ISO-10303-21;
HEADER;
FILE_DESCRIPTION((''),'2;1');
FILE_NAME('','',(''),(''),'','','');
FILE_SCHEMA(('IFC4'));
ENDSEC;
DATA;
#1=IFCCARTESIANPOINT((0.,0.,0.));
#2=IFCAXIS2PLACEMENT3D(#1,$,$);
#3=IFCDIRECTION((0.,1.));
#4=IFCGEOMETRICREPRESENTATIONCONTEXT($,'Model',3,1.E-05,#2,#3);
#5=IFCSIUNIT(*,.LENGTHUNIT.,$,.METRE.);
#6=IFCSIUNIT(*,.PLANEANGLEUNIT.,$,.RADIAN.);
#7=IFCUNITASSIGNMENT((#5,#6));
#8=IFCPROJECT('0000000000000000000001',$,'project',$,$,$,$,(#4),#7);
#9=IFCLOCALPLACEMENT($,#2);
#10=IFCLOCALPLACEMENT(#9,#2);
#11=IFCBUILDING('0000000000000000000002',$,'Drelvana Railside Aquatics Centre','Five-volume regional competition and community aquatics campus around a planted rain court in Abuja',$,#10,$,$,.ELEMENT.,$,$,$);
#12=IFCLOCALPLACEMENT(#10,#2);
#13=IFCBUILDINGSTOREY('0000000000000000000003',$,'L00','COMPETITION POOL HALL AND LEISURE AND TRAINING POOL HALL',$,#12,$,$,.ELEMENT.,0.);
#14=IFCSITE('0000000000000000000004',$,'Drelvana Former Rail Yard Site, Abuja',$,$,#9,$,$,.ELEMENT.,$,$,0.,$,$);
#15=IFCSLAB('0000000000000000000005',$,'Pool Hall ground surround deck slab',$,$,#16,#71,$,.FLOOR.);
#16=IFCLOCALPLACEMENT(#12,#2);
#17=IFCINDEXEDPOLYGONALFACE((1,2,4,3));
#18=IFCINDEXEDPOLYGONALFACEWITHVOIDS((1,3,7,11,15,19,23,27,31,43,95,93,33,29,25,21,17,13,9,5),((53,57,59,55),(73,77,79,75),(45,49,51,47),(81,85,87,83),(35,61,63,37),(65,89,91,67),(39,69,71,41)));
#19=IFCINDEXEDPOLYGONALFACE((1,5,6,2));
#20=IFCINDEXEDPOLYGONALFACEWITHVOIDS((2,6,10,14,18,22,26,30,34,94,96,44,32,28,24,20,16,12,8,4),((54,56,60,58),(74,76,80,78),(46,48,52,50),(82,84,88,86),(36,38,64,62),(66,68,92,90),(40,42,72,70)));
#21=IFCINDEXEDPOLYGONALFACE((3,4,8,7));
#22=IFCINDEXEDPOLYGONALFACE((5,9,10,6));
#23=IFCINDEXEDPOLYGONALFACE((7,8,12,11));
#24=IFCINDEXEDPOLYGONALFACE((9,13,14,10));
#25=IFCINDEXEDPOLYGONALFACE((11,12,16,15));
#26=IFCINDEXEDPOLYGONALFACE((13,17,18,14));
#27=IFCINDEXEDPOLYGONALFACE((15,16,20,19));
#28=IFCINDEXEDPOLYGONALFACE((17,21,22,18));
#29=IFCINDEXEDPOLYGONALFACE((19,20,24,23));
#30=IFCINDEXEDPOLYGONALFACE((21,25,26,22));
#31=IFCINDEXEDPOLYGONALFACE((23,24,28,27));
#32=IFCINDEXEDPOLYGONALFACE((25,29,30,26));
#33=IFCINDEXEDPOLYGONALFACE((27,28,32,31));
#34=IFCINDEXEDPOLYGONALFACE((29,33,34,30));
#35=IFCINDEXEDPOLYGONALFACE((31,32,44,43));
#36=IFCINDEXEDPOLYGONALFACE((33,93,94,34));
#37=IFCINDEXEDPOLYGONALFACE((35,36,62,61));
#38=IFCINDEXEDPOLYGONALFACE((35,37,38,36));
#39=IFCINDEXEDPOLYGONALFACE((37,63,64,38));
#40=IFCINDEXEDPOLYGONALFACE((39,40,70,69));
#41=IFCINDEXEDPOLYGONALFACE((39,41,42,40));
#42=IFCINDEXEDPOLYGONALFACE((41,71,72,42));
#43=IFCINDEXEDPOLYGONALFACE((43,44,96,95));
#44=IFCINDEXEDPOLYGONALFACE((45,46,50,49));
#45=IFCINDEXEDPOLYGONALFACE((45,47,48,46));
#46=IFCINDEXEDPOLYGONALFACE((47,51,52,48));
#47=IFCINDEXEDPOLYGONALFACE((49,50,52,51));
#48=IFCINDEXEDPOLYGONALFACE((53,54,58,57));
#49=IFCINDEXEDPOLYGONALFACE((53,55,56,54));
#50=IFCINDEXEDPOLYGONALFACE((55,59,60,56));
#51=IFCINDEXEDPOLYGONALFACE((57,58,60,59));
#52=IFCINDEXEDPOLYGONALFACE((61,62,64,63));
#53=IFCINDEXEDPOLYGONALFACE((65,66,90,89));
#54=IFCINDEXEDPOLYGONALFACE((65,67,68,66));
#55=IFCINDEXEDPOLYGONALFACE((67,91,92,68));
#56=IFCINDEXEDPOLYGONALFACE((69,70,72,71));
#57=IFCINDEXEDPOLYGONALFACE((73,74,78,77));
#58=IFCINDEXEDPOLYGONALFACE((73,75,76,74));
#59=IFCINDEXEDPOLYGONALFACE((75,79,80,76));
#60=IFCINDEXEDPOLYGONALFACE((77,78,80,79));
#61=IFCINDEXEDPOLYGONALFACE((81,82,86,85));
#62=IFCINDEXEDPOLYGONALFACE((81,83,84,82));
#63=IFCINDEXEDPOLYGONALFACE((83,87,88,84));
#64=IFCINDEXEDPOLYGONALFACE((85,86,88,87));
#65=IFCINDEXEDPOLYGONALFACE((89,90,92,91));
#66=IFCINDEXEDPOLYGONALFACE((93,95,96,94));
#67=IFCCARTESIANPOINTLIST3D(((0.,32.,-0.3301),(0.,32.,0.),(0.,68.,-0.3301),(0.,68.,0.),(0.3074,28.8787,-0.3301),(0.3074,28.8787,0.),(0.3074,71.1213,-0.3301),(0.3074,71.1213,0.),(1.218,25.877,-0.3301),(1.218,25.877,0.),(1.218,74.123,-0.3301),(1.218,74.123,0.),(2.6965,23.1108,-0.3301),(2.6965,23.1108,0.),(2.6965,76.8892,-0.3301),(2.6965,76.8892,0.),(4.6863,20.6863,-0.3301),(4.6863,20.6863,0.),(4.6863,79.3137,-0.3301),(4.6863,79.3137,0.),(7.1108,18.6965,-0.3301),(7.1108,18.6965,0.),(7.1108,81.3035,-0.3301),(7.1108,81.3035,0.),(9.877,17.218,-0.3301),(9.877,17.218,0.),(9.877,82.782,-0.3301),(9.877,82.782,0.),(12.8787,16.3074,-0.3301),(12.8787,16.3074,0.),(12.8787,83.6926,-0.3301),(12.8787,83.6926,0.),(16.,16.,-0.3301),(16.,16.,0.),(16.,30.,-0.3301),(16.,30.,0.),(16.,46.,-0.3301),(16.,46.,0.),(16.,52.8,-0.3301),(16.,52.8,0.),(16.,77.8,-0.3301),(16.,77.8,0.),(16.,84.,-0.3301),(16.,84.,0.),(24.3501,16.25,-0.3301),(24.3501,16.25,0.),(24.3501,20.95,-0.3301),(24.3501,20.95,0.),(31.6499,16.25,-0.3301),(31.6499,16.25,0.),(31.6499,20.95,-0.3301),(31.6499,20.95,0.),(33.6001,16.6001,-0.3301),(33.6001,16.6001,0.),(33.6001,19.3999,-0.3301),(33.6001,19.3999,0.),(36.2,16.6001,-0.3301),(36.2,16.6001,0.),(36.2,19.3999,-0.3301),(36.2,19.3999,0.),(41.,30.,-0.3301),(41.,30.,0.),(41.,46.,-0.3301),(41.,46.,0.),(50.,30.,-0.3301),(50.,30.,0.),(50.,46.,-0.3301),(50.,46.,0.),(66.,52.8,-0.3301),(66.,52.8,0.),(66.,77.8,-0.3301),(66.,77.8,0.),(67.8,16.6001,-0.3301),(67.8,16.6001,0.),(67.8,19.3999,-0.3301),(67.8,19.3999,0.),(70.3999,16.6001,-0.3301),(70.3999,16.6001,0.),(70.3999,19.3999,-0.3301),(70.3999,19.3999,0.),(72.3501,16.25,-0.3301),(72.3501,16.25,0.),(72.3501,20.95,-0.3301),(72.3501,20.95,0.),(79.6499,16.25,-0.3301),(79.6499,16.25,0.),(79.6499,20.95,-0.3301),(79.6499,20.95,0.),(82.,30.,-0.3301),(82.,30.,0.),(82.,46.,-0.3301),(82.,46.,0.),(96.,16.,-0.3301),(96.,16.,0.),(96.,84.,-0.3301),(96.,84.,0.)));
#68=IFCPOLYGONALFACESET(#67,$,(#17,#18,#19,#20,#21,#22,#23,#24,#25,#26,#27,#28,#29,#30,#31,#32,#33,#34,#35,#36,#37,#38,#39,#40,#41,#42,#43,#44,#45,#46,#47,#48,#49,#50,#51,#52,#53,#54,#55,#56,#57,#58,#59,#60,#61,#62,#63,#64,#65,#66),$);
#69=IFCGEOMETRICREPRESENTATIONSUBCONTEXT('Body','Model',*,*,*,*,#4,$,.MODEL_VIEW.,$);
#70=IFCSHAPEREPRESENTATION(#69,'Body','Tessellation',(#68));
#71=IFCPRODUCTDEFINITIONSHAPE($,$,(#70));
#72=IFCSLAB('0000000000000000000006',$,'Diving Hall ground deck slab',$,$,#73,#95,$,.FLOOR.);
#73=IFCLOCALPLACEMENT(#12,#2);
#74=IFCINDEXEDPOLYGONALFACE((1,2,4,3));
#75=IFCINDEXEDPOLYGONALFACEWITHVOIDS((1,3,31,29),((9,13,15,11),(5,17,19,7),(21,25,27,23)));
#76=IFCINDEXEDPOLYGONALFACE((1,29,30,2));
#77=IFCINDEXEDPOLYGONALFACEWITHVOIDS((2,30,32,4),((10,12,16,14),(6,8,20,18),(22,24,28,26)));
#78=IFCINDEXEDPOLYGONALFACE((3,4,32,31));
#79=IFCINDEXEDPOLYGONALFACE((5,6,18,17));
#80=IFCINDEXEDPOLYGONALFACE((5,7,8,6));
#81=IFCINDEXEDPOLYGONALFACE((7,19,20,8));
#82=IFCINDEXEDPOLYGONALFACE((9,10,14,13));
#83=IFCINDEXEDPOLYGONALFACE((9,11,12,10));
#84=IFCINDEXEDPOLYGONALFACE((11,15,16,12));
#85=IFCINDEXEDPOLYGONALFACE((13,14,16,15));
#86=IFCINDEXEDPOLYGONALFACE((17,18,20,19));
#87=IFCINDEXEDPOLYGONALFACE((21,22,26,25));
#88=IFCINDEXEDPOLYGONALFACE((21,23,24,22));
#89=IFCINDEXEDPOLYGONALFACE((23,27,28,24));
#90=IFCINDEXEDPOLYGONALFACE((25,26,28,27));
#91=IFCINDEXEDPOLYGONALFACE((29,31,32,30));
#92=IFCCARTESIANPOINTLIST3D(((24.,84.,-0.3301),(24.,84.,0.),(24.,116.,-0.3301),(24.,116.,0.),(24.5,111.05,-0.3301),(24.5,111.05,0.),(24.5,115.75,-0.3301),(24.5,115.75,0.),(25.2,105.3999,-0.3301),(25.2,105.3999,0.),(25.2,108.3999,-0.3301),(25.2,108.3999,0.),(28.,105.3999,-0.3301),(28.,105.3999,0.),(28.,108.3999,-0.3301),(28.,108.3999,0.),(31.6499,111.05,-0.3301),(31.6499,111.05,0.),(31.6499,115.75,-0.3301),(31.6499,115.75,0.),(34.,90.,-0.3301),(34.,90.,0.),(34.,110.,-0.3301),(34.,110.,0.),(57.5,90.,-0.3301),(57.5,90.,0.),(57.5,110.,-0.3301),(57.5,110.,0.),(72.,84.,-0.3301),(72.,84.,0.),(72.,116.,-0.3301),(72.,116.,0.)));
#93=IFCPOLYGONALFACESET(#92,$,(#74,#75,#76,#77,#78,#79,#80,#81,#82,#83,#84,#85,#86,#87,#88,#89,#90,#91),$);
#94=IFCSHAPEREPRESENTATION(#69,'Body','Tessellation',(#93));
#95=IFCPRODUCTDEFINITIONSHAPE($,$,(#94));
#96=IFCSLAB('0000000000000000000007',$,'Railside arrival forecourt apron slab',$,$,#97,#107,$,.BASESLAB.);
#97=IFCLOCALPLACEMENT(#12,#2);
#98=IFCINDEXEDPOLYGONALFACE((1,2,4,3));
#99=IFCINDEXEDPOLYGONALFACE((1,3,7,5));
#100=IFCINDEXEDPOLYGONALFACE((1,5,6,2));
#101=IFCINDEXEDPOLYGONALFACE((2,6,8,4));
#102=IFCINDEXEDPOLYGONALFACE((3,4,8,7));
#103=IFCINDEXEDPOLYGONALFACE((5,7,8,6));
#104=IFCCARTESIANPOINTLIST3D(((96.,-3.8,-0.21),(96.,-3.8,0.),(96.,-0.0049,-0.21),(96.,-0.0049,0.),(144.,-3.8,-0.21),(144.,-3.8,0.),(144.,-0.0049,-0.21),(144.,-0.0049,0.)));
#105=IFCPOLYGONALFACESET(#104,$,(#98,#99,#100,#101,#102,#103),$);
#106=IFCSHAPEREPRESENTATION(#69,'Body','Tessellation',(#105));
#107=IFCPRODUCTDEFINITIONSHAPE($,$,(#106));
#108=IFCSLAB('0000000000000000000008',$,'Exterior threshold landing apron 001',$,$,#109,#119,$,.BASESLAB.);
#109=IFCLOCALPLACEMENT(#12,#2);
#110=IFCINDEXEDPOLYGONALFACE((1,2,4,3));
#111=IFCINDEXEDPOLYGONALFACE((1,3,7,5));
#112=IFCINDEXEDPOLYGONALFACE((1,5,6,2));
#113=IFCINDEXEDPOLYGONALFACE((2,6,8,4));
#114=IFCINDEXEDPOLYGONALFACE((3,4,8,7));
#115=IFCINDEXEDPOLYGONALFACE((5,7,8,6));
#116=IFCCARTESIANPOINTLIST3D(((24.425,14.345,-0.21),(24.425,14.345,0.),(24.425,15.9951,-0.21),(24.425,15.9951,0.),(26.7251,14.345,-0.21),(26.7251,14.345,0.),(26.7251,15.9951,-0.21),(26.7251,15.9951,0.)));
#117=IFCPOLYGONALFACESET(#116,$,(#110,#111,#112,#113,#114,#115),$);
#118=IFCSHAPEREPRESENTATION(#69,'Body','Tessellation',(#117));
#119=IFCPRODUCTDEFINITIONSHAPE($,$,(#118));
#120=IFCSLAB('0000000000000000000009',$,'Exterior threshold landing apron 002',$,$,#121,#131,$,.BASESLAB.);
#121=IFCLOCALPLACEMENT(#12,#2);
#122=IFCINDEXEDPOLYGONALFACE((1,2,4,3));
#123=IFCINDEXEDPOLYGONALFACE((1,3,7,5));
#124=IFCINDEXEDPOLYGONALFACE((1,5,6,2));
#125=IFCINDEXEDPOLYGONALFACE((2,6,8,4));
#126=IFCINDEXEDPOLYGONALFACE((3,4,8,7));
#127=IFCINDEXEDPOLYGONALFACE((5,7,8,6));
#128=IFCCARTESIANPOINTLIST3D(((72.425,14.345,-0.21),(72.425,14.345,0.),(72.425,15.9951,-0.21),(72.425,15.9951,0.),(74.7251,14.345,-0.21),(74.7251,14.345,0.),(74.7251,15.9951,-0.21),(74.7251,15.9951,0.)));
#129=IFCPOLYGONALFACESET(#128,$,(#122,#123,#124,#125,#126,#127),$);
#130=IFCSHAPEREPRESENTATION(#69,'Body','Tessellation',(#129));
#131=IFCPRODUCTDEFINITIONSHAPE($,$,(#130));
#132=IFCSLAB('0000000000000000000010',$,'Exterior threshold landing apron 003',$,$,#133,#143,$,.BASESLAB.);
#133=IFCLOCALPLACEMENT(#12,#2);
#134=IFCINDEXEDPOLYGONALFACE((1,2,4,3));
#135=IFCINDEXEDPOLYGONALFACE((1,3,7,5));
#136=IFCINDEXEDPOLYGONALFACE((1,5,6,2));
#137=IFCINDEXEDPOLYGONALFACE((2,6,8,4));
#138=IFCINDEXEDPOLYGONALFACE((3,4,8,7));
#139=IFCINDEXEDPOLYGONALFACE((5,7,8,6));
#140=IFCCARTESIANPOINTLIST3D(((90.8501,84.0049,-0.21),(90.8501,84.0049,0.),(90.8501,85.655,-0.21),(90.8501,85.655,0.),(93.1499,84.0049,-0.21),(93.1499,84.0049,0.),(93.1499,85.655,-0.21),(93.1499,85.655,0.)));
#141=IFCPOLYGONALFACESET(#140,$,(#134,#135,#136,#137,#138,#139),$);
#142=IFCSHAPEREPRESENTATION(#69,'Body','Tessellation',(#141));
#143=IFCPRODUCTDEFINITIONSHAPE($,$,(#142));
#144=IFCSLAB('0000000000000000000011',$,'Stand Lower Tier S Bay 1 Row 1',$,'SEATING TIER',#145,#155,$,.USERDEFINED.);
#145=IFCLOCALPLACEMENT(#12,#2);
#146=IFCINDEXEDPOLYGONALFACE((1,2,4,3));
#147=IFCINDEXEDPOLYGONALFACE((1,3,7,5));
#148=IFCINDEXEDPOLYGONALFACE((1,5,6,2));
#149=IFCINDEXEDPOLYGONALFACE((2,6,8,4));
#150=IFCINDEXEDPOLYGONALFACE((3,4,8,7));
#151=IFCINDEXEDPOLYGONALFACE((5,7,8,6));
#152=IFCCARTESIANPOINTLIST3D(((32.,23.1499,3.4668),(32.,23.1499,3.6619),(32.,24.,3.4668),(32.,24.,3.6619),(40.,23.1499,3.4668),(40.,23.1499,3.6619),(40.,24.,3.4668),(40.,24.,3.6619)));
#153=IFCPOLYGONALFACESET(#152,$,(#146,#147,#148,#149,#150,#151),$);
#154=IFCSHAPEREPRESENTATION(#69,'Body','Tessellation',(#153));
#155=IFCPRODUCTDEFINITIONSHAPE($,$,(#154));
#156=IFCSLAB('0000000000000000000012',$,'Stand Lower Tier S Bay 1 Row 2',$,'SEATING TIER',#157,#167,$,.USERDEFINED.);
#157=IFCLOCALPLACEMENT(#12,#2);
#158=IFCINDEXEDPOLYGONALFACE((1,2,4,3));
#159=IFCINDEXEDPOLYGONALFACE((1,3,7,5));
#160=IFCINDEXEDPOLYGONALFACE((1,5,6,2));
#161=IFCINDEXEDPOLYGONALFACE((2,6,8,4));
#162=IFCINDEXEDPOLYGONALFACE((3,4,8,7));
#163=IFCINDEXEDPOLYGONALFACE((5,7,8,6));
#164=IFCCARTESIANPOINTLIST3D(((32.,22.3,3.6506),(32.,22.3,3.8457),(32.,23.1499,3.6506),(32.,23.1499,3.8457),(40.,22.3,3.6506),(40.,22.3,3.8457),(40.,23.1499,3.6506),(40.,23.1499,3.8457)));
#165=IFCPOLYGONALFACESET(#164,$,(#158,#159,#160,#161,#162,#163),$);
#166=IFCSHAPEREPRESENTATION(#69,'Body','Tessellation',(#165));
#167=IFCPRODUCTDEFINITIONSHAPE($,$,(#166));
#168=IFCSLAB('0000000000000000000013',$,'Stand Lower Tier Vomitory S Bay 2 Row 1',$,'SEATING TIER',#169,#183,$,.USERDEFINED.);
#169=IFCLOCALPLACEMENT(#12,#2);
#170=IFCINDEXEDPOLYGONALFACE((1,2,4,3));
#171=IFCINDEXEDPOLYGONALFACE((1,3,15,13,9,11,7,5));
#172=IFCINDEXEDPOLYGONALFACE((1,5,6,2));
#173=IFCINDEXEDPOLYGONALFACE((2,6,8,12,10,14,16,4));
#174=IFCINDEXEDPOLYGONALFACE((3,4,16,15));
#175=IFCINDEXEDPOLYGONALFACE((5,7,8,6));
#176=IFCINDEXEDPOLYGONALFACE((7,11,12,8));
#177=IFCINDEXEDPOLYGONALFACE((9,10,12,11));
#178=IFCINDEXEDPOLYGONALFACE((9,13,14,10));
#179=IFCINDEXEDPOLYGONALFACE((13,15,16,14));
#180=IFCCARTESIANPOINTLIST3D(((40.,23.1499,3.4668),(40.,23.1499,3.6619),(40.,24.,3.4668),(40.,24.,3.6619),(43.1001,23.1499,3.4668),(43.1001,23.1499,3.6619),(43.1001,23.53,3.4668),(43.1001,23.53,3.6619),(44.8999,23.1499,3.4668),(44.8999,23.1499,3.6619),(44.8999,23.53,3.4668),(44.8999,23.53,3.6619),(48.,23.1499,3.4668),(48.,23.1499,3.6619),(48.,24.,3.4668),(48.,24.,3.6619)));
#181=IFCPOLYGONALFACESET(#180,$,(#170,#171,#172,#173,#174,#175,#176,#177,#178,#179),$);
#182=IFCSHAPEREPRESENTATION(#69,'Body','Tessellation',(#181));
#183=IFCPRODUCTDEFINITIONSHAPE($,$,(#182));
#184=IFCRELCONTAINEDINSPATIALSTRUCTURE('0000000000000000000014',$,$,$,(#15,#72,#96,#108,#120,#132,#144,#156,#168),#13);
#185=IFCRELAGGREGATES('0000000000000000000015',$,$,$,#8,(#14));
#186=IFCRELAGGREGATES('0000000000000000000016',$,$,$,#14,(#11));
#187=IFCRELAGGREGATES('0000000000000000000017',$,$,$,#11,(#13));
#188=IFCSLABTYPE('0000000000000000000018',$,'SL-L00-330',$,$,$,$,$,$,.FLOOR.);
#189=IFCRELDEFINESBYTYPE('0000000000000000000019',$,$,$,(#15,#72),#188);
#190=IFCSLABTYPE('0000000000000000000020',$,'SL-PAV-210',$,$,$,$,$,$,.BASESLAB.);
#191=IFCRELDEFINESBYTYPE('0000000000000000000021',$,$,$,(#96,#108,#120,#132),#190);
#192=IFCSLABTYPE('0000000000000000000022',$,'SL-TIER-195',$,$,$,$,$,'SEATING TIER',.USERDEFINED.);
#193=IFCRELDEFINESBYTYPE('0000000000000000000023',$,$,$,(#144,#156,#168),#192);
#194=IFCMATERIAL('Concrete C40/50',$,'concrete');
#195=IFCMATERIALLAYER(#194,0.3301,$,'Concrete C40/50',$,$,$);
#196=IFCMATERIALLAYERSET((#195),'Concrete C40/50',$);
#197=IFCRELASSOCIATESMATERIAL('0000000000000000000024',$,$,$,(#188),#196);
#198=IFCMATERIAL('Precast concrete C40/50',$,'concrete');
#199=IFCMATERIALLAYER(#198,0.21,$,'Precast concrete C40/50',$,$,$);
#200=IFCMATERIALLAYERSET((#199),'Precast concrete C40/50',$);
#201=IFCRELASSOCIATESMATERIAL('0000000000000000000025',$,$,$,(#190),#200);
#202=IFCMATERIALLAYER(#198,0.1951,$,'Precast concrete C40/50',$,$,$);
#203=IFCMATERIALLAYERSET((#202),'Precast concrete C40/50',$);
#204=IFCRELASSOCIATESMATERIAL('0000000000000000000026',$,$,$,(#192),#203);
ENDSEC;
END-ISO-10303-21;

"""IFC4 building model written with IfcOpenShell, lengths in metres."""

from ifc_helpers import new_model, si_unit, direction, frame, origin, place, context, subcontext, project, spatial, polyline, outline, extrude, material, layer, layer_set, type_object, element, save


model = new_model("IFC4")

# Units and contexts
model_context = context("Model", 3, precision=1e-05, world=origin(), true_north=direction((0.0, 1.0)))
body_context = subcontext(model_context, "Body", "Model", "MODEL_VIEW")
ifc_project = project(units=[si_unit("LENGTHUNIT", "METRE"), si_unit("PLANEANGLEUNIT", "RADIAN")], contexts=[model_context])

# Site, building, storey
site_placement = place(None, origin())
site = spatial("IfcSite", under=ifc_project, at=site_placement, Name="Drelvana Former Rail Yard Site, Abuja", CompositionType="ELEMENT", RefElevation=0.0)
building_placement = place(site_placement, origin())
building = spatial("IfcBuilding", under=site, at=building_placement, Name="Drelvana Railside Aquatics Centre", Description="Five-volume regional competition and community aquatics campus around a planted rain court in Abuja", CompositionType="ELEMENT")
storey_placement = place(building_placement, origin())
storey = spatial("IfcBuildingStorey", under=building, at=storey_placement, Name="L00", Description="COMPETITION POOL HALL AND LEISURE AND TRAINING POOL HALL", CompositionType="ELEMENT", Elevation=0.0)

# Slabs
ifc_material_1 = material(Name="Concrete C40/50", Category="concrete")
ifc_layer_1 = layer(ifc_material_1, 0.3301, Name="Concrete C40/50")
ifc_layer_set_1 = layer_set([ifc_layer_1], Name="Concrete C40/50")
slab_type_1 = type_object("IfcSlabType", Name="SL-L00-330", PredefinedType="FLOOR", material=ifc_layer_set_1)
slab_1_placement = place(storey_placement, frame((0.0, 0.0, -0.3301)))
element("IfcSlab", 1, at=slab_1_placement, inside=storey, type_object=slab_type_1, Name="Pool Hall ground surround deck slab", PredefinedType="FLOOR", context=body_context, shape_type="SweptSolid", body=[
    extrude(outline(polyline([(0.0, 32.0), (0.3074, 28.8787), (1.218, 25.877), (2.6965, 23.1108), (4.6863, 20.6863), (7.1108, 18.6965), (9.877, 17.218), (12.8787, 16.3074), (16.0, 16.0), (96.0, 16.0), (96.0, 84.0), (16.0, 84.0), (12.8787, 83.6926), (9.877, 82.782), (7.1108, 81.3035), (4.6863, 79.3137), (2.6965, 76.8892), (1.218, 74.123), (0.3074, 71.1213), (0.0, 68.0), (0.0, 32.0)]), holes=[polyline([(16.0, 52.8), (66.0, 52.8), (66.0, 77.8), (16.0, 77.8), (16.0, 52.8)]), polyline([(16.0, 30.0), (41.0, 30.0), (41.0, 46.0), (16.0, 46.0), (16.0, 30.0)]), polyline([(50.0, 30.0), (82.0, 30.0), (82.0, 46.0), (50.0, 46.0), (50.0, 30.0)]), polyline([(24.3501, 16.25), (31.6499, 16.25), (31.6499, 20.95), (24.3501, 20.95), (24.3501, 16.25)]), polyline([(33.6001, 16.6001), (36.2, 16.6001), (36.2, 19.3999), (33.6001, 19.3999), (33.6001, 16.6001)]), polyline([(72.3501, 16.25), (79.6499, 16.25), (79.6499, 20.95), (72.3501, 20.95), (72.3501, 16.25)]), polyline([(67.8, 16.6001), (70.3999, 16.6001), (70.3999, 19.3999), (67.8, 19.3999), (67.8, 16.6001)])]), origin(), (0.0, 0.0, 1.0), 0.3301),
])
slab_2_placement = place(storey_placement, frame((0.0, 0.0, -0.3301)))
element("IfcSlab", 2, at=slab_2_placement, inside=storey, type_object=slab_type_1, Name="Diving Hall ground deck slab", PredefinedType="FLOOR", context=body_context, shape_type="SweptSolid", body=[
    extrude(outline(polyline([(24.0, 84.0), (72.0, 84.0), (72.0, 116.0), (24.0, 116.0), (24.0, 84.0)]), holes=[polyline([(34.0, 90.0), (57.5, 90.0), (57.5, 110.0), (34.0, 110.0), (34.0, 90.0)]), polyline([(24.5, 111.05), (31.6499, 111.05), (31.6499, 115.75), (24.5, 115.75), (24.5, 111.05)]), polyline([(25.2, 105.3999), (28.0, 105.3999), (28.0, 108.3999), (25.2, 108.3999), (25.2, 105.3999)])]), origin(), (0.0, 0.0, 1.0), 0.3301),
])
ifc_material_2 = material(Name="Precast concrete C40/50", Category="concrete")
ifc_layer_2 = layer(ifc_material_2, 0.21, Name="Precast concrete C40/50")
ifc_layer_set_2 = layer_set([ifc_layer_2], Name="Precast concrete C40/50")
slab_type_2 = type_object("IfcSlabType", Name="SL-PAV-210", PredefinedType="BASESLAB", material=ifc_layer_set_2)
slab_3_placement = place(storey_placement, frame((0.0, 0.0, -0.21)))
element("IfcSlab", 3, at=slab_3_placement, inside=storey, type_object=slab_type_2, Name="Railside arrival forecourt apron slab", PredefinedType="BASESLAB", context=body_context, shape_type="SweptSolid", body=[
    extrude(outline(polyline([(96.0, -3.8), (144.0, -3.8), (144.0, -0.0049), (96.0, -0.0049), (96.0, -3.8)])), origin(), (0.0, 0.0, 1.0), 0.21),
])
slab_4_placement = place(storey_placement, frame((0.0, 0.0, -0.21)))
element("IfcSlab", 4, at=slab_4_placement, inside=storey, type_object=slab_type_2, Name="Exterior threshold landing apron 001", PredefinedType="BASESLAB", context=body_context, shape_type="SweptSolid", body=[
    extrude(outline(polyline([(24.425, 14.345), (26.7251, 14.345), (26.7251, 15.9951), (24.425, 15.9951), (24.425, 14.345)])), origin(), (0.0, 0.0, 1.0), 0.21),
])
slab_5_placement = place(storey_placement, frame((0.0, 0.0, -0.21)))
element("IfcSlab", 5, at=slab_5_placement, inside=storey, type_object=slab_type_2, Name="Exterior threshold landing apron 002", PredefinedType="BASESLAB", context=body_context, shape_type="SweptSolid", body=[
    extrude(outline(polyline([(72.425, 14.345), (74.7251, 14.345), (74.7251, 15.9951), (72.425, 15.9951), (72.425, 14.345)])), origin(), (0.0, 0.0, 1.0), 0.21),
])
slab_6_placement = place(storey_placement, frame((0.0, 0.0, -0.21)))
element("IfcSlab", 6, at=slab_6_placement, inside=storey, type_object=slab_type_2, Name="Exterior threshold landing apron 003", PredefinedType="BASESLAB", context=body_context, shape_type="SweptSolid", body=[
    extrude(outline(polyline([(90.8501, 84.0049), (93.1499, 84.0049), (93.1499, 85.655), (90.8501, 85.655), (90.8501, 84.0049)])), origin(), (0.0, 0.0, 1.0), 0.21),
])
ifc_layer_3 = layer(ifc_material_2, 0.1951, Name="Precast concrete C40/50")
ifc_layer_set_3 = layer_set([ifc_layer_3], Name="Precast concrete C40/50")
slab_type_3 = type_object("IfcSlabType", Name="SL-TIER-195", ElementType="SEATING TIER", PredefinedType="USERDEFINED", material=ifc_layer_set_3)
slab_7_placement = place(storey_placement, frame((0.0, 0.0, 3.4668)))
element("IfcSlab", 7, at=slab_7_placement, inside=storey, type_object=slab_type_3, Name="Stand Lower Tier S Bay 1 Row 1", ObjectType="SEATING TIER", PredefinedType="USERDEFINED", context=body_context, shape_type="SweptSolid", body=[
    extrude(outline(polyline([(32.0, 23.1499), (40.0, 23.1499), (40.0, 24.0), (32.0, 24.0), (32.0, 23.1499)])), origin(), (0.0, 0.0, 1.0), 0.1951),
])
slab_8_placement = place(storey_placement, frame((0.0, 0.0, 3.6506)))
element("IfcSlab", 8, at=slab_8_placement, inside=storey, type_object=slab_type_3, Name="Stand Lower Tier S Bay 1 Row 2", ObjectType="SEATING TIER", PredefinedType="USERDEFINED", context=body_context, shape_type="SweptSolid", body=[
    extrude(outline(polyline([(32.0, 22.3), (40.0, 22.3), (40.0, 23.1499), (32.0, 23.1499), (32.0, 22.3)])), origin(), (0.0, 0.0, 1.0), 0.1951),
])
slab_9_placement = place(storey_placement, frame((0.0, 0.0, 3.4668)))
element("IfcSlab", 9, at=slab_9_placement, inside=storey, type_object=slab_type_3, Name="Stand Lower Tier Vomitory S Bay 2 Row 1", ObjectType="SEATING TIER", PredefinedType="USERDEFINED", context=body_context, shape_type="SweptSolid", body=[
    extrude(outline(polyline([(40.0, 23.1499), (43.1001, 23.1499), (43.1001, 23.53), (44.8999, 23.53), (44.8999, 23.1499), (48.0, 23.1499), (48.0, 24.0), (40.0, 24.0), (40.0, 23.1499)])), origin(), (0.0, 0.0, 1.0), 0.1951),
])

save(model, "model.ifc")
